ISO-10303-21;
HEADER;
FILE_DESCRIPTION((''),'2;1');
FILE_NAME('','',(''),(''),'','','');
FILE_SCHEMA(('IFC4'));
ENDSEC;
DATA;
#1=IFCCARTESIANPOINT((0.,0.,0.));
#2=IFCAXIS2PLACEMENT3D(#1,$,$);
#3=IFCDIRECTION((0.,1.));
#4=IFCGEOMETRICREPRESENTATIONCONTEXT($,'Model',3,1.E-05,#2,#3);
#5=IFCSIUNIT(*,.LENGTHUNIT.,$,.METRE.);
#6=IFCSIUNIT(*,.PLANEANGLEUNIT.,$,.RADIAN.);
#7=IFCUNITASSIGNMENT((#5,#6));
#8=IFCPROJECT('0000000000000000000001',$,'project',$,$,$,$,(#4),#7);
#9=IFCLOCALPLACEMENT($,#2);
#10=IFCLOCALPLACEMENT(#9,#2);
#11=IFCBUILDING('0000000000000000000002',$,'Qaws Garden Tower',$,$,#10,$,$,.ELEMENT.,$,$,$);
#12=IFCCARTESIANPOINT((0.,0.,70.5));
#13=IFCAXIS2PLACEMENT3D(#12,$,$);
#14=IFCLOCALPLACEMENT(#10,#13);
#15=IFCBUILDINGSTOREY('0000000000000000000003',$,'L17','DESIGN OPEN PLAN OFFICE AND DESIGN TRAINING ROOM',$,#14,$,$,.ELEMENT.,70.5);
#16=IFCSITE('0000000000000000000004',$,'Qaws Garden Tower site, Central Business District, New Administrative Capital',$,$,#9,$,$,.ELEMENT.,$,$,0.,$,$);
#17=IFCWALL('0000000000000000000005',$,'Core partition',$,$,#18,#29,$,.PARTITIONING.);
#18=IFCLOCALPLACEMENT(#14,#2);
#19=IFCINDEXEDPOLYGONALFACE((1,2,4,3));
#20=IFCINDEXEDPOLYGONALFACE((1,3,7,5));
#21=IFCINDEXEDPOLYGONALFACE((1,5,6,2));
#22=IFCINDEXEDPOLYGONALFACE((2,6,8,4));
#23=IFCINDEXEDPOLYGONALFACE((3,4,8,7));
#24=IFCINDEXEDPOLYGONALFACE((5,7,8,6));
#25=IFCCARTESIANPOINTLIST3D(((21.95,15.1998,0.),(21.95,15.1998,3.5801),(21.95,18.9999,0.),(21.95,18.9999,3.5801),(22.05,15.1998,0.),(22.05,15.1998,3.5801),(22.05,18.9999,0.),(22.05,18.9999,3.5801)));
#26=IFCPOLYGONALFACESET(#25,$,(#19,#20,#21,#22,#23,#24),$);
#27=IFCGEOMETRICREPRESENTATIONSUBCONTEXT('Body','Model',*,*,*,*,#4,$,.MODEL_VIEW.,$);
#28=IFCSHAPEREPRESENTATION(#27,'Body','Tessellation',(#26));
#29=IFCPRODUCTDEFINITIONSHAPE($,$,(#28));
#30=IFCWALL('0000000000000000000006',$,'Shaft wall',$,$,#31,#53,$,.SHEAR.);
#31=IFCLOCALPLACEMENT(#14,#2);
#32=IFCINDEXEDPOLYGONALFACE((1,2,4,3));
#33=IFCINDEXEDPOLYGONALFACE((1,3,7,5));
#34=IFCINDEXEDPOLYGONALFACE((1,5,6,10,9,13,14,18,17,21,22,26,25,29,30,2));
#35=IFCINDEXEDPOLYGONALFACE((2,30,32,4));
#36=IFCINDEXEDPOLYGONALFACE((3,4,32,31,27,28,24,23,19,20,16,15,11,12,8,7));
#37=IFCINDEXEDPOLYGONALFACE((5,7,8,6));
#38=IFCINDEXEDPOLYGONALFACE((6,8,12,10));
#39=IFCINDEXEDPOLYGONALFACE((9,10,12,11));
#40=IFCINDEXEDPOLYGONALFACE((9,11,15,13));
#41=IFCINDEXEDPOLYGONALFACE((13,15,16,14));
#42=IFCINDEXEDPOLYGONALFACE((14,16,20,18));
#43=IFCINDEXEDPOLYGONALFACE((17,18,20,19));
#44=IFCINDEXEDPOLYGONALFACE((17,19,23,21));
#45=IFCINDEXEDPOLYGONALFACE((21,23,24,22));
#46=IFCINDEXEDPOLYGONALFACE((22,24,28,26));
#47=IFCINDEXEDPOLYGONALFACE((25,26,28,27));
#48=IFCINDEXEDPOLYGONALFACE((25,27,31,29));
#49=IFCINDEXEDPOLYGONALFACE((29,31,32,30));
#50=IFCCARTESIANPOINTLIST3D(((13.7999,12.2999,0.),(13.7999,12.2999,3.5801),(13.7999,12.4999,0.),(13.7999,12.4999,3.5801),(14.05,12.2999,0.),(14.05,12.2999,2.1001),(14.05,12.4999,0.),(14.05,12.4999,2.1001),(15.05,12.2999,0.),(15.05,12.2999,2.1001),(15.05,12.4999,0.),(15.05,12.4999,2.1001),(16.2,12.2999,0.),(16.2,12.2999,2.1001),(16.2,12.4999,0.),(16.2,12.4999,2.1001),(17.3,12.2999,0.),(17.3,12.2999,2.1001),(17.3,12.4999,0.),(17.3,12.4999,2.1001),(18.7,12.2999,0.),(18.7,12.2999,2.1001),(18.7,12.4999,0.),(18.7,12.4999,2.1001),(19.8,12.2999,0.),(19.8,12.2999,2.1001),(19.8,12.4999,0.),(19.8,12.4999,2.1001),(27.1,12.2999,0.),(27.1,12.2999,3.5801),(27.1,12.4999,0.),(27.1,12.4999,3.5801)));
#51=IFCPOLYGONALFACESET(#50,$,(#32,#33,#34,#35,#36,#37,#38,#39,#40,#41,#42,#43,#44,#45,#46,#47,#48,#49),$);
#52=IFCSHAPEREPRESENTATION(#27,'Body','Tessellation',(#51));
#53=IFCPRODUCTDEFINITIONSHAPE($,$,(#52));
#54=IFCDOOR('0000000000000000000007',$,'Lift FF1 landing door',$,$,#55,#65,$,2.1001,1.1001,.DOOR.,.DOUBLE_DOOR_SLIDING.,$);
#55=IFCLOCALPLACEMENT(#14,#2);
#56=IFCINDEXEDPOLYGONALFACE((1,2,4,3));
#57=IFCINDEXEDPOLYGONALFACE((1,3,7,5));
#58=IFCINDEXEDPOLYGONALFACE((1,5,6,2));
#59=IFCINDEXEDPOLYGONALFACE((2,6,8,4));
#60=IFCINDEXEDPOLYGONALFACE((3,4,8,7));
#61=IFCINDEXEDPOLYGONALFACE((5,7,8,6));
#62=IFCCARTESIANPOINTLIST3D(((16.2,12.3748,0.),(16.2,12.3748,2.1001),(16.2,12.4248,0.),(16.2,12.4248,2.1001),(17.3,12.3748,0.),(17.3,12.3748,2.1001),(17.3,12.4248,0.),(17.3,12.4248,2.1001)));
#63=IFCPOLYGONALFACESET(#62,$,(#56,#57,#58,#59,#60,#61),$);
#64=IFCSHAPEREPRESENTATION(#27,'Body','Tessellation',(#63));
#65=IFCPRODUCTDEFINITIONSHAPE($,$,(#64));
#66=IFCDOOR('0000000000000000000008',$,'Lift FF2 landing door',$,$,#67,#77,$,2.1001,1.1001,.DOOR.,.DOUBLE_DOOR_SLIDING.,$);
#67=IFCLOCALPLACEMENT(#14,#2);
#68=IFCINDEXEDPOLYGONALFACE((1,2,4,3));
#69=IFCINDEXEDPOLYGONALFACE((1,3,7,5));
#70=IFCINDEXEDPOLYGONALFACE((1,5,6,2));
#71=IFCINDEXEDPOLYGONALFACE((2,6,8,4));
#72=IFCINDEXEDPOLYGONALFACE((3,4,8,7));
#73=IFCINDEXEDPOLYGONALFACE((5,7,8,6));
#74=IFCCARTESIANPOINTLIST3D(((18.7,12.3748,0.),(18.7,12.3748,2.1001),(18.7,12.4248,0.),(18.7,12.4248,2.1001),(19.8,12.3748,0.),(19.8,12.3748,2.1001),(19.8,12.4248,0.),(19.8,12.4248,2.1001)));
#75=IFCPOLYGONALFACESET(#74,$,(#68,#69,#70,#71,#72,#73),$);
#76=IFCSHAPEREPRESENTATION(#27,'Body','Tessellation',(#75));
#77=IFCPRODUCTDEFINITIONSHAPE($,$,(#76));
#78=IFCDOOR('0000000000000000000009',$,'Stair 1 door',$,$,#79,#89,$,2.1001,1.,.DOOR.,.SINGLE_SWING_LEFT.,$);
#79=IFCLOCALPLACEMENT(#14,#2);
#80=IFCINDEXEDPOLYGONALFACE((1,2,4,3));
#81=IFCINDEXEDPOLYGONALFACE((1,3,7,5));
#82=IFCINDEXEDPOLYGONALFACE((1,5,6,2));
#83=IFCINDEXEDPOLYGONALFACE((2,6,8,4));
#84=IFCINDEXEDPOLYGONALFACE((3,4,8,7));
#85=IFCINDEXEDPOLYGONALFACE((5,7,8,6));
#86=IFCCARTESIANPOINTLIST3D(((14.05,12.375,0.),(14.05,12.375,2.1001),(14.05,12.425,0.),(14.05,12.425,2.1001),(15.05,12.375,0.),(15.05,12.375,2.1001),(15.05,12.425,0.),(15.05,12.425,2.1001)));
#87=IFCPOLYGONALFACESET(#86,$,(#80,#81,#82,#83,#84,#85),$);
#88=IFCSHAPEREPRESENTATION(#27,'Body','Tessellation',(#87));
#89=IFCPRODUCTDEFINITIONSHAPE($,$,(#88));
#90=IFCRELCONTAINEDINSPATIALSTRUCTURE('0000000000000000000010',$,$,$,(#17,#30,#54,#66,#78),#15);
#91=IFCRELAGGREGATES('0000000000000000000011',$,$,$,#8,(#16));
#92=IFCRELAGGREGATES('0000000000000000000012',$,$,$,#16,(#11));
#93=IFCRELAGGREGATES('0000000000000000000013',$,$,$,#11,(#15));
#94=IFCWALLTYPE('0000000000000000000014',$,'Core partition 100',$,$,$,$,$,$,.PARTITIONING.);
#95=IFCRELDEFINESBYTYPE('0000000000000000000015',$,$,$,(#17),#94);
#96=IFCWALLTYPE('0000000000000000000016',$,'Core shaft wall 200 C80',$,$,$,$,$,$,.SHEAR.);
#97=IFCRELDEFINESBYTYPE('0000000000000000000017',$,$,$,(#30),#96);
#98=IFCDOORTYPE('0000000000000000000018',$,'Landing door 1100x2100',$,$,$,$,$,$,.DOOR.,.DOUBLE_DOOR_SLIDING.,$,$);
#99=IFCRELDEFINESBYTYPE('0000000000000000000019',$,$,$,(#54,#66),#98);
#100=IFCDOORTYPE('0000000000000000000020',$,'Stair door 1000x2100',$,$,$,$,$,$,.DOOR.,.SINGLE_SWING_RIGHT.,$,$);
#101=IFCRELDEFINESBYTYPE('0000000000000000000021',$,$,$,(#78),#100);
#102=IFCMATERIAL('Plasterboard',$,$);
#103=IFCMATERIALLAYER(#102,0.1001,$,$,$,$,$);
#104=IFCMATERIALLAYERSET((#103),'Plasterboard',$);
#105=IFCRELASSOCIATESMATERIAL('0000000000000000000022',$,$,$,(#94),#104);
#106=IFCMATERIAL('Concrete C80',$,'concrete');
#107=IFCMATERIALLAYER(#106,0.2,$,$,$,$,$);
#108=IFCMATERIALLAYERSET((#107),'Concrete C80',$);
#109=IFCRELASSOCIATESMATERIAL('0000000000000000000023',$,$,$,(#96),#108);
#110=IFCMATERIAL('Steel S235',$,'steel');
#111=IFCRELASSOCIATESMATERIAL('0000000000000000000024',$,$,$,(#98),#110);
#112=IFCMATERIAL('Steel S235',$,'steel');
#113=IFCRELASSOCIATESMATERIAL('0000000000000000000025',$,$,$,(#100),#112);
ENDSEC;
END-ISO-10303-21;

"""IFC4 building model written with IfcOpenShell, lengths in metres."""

from ifc_helpers import new_model, si_unit, direction, frame, frame_2d, origin, place, context, subcontext, project, spatial, rectangle, extrude, material, layer, layer_set, type_object, element, fill, save


model = new_model("IFC4")

# Units and contexts
model_context = context("Model", 3, precision=1e-05, world=origin(), true_north=direction((0.0, 1.0)))
body_context = subcontext(model_context, "Body", "Model", "MODEL_VIEW")
ifc_project = project(units=[si_unit("LENGTHUNIT", "METRE"), si_unit("PLANEANGLEUNIT", "RADIAN")], contexts=[model_context])

# Site, building, storey
site_placement = place(None, origin())
site = spatial("IfcSite", under=ifc_project, at=site_placement, Name="Qaws Garden Tower site, Central Business District, New Administrative Capital", CompositionType="ELEMENT", RefElevation=0.0)
building_placement = place(site_placement, origin())
building = spatial("IfcBuilding", under=site, at=building_placement, Name="Qaws Garden Tower", CompositionType="ELEMENT")
storey_placement = place(building_placement, frame((0.0, 0.0, 70.5)))
storey = spatial("IfcBuildingStorey", under=building, at=storey_placement, Name="L17", Description="DESIGN OPEN PLAN OFFICE AND DESIGN TRAINING ROOM", CompositionType="ELEMENT", Elevation=70.5)

# Shared definitions
ifc_material_1 = material(Name="Plasterboard")
ifc_layer_1 = layer(ifc_material_1, 0.1001)
ifc_layer_set_1 = layer_set([ifc_layer_1], Name="Plasterboard")
wall_type_1 = type_object("IfcWallType", Name="Core partition 100", PredefinedType="PARTITIONING", material=ifc_layer_set_1)

# Wall
wall_1_placement = place(storey_placement, frame((22.0, 15.2, 0.0), z_axis=(0.0, 0.0, 1.0), x_axis=(0.0, 1.0, 0.0)))
element("IfcWall", 1, at=wall_1_placement, inside=storey, type_object=wall_type_1, Name="Core partition", PredefinedType="PARTITIONING", context=body_context, shape_type="SweptSolid", body=[
    extrude(rectangle(XDim=3.8, YDim=0.1001, at=frame_2d((1.8999, 0.0))), origin(), (0.0, 0.0, 1.0), 3.5801),
])

# Wall, openings, doors
ifc_material_2 = material(Name="Concrete C80", Category="concrete")
ifc_layer_2 = layer(ifc_material_2, 0.2)
ifc_layer_set_2 = layer_set([ifc_layer_2], Name="Concrete C80")
wall_type_2 = type_object("IfcWallType", Name="Core shaft wall 200 C80", PredefinedType="SHEAR", material=ifc_layer_set_2)
wall_2_placement = place(storey_placement, frame((13.8, 12.3999, 0.0), z_axis=(0.0, 0.0, 1.0), x_axis=(1.0, 0.0, 0.0)))
wall_2 = element("IfcWall", 2, at=wall_2_placement, inside=storey, type_object=wall_type_2, Name="Shaft wall", PredefinedType="SHEAR", context=body_context, shape_type="SweptSolid", body=[
    extrude(rectangle(XDim=13.3, YDim=0.2, at=frame_2d((6.6499, 0.0))), origin(), (0.0, 0.0, 1.0), 3.5801),
])
opening_1_placement = place(wall_2_placement, frame((2.3999, 0.0, 0.0)))
opening_1 = element("IfcOpeningElement", 3, at=opening_1_placement, cuts=wall_2, PredefinedType="OPENING", context=body_context, shape_type="SweptSolid", body=[
    extrude(rectangle(XDim=1.1001, YDim=2.1001, at=frame_2d((0.55, 1.05))), frame((0.0, 0.1099, 0.0), z_axis=(0.0, -1.0, 0.0), x_axis=(1.0, 0.0, 0.0)), (0.0, 0.0, 1.0), 0.22),
])
opening_2_placement = place(wall_2_placement, frame((4.8999, 0.0, 0.0)))
opening_2 = element("IfcOpeningElement", 4, at=opening_2_placement, cuts=wall_2, PredefinedType="OPENING", context=body_context, shape_type="SweptSolid", body=[
    extrude(rectangle(XDim=1.1001, YDim=2.1001, at=frame_2d((0.55, 1.05))), frame((0.0, 0.1099, 0.0), z_axis=(0.0, -1.0, 0.0), x_axis=(1.0, 0.0, 0.0)), (0.0, 0.0, 1.0), 0.22),
])
opening_3_placement = place(wall_2_placement, frame((0.25, 0.0, 0.0)))
opening_3 = element("IfcOpeningElement", 5, at=opening_3_placement, cuts=wall_2, PredefinedType="OPENING", context=body_context, shape_type="SweptSolid", body=[
    extrude(rectangle(XDim=1.0, YDim=2.1001, at=frame_2d((0.5, 1.05))), frame((0.0, 0.1099, 0.0), z_axis=(0.0, -1.0, 0.0), x_axis=(1.0, 0.0, 0.0)), (0.0, 0.0, 1.0), 0.22),
])
ifc_material_3 = material(Name="Steel S235", Category="steel")
door_type_1 = type_object("IfcDoorType", Name="Landing door 1100x2100", OperationType="DOUBLE_DOOR_SLIDING", PredefinedType="DOOR", material=ifc_material_3)
door_1_placement = place(opening_1_placement, origin())
door_1 = element("IfcDoor", 6, at=door_1_placement, inside=storey, type_object=door_type_1, Name="Lift FF1 landing door", OperationType="DOUBLE_DOOR_SLIDING", OverallHeight=2.1001, OverallWidth=1.1001, PredefinedType="DOOR", context=body_context, shape_type="SweptSolid", body=[
    extrude(rectangle(XDim=1.1001, YDim=2.1001, at=frame_2d((0.55, 1.05))), frame((0.0, 0.0249, 0.0), z_axis=(0.0, -1.0, 0.0), x_axis=(1.0, 0.0, 0.0)), (0.0, 0.0, 1.0), 0.05),
])
fill(opening_1, door_1)
door_2_placement = place(opening_2_placement, origin())
door_2 = element("IfcDoor", 7, at=door_2_placement, inside=storey, type_object=door_type_1, Name="Lift FF2 landing door", OperationType="DOUBLE_DOOR_SLIDING", OverallHeight=2.1001, OverallWidth=1.1001, PredefinedType="DOOR", context=body_context, shape_type="SweptSolid", body=[
    extrude(rectangle(XDim=1.1001, YDim=2.1001, at=frame_2d((0.55, 1.05))), frame((0.0, 0.0249, 0.0), z_axis=(0.0, -1.0, 0.0), x_axis=(1.0, 0.0, 0.0)), (0.0, 0.0, 1.0), 0.05),
])
fill(opening_2, door_2)
ifc_material_4 = material(Name="Steel S235", Category="steel")
door_type_2 = type_object("IfcDoorType", Name="Stair door 1000x2100", OperationType="SINGLE_SWING_RIGHT", PredefinedType="DOOR", material=ifc_material_4)
door_3_placement = place(opening_3_placement, frame((1.0, 0.0, 0.0), z_axis=(0.0, 0.0, 1.0), x_axis=(-1.0, 0.0, 0.0)))
door_3 = element("IfcDoor", 8, at=door_3_placement, inside=storey, type_object=door_type_2, Name="Stair 1 door", OperationType="SINGLE_SWING_LEFT", OverallHeight=2.1001, OverallWidth=1.0, PredefinedType="DOOR", context=body_context, shape_type="SweptSolid", body=[
    extrude(rectangle(XDim=1.0, YDim=2.1001, at=frame_2d((0.5, 1.05))), frame((0.0, 0.0249, 0.0), z_axis=(0.0, -1.0, 0.0), x_axis=(1.0, 0.0, 0.0)), (0.0, 0.0, 1.0), 0.05),
])
fill(opening_3, door_3)

save(model, "model.ifc")
